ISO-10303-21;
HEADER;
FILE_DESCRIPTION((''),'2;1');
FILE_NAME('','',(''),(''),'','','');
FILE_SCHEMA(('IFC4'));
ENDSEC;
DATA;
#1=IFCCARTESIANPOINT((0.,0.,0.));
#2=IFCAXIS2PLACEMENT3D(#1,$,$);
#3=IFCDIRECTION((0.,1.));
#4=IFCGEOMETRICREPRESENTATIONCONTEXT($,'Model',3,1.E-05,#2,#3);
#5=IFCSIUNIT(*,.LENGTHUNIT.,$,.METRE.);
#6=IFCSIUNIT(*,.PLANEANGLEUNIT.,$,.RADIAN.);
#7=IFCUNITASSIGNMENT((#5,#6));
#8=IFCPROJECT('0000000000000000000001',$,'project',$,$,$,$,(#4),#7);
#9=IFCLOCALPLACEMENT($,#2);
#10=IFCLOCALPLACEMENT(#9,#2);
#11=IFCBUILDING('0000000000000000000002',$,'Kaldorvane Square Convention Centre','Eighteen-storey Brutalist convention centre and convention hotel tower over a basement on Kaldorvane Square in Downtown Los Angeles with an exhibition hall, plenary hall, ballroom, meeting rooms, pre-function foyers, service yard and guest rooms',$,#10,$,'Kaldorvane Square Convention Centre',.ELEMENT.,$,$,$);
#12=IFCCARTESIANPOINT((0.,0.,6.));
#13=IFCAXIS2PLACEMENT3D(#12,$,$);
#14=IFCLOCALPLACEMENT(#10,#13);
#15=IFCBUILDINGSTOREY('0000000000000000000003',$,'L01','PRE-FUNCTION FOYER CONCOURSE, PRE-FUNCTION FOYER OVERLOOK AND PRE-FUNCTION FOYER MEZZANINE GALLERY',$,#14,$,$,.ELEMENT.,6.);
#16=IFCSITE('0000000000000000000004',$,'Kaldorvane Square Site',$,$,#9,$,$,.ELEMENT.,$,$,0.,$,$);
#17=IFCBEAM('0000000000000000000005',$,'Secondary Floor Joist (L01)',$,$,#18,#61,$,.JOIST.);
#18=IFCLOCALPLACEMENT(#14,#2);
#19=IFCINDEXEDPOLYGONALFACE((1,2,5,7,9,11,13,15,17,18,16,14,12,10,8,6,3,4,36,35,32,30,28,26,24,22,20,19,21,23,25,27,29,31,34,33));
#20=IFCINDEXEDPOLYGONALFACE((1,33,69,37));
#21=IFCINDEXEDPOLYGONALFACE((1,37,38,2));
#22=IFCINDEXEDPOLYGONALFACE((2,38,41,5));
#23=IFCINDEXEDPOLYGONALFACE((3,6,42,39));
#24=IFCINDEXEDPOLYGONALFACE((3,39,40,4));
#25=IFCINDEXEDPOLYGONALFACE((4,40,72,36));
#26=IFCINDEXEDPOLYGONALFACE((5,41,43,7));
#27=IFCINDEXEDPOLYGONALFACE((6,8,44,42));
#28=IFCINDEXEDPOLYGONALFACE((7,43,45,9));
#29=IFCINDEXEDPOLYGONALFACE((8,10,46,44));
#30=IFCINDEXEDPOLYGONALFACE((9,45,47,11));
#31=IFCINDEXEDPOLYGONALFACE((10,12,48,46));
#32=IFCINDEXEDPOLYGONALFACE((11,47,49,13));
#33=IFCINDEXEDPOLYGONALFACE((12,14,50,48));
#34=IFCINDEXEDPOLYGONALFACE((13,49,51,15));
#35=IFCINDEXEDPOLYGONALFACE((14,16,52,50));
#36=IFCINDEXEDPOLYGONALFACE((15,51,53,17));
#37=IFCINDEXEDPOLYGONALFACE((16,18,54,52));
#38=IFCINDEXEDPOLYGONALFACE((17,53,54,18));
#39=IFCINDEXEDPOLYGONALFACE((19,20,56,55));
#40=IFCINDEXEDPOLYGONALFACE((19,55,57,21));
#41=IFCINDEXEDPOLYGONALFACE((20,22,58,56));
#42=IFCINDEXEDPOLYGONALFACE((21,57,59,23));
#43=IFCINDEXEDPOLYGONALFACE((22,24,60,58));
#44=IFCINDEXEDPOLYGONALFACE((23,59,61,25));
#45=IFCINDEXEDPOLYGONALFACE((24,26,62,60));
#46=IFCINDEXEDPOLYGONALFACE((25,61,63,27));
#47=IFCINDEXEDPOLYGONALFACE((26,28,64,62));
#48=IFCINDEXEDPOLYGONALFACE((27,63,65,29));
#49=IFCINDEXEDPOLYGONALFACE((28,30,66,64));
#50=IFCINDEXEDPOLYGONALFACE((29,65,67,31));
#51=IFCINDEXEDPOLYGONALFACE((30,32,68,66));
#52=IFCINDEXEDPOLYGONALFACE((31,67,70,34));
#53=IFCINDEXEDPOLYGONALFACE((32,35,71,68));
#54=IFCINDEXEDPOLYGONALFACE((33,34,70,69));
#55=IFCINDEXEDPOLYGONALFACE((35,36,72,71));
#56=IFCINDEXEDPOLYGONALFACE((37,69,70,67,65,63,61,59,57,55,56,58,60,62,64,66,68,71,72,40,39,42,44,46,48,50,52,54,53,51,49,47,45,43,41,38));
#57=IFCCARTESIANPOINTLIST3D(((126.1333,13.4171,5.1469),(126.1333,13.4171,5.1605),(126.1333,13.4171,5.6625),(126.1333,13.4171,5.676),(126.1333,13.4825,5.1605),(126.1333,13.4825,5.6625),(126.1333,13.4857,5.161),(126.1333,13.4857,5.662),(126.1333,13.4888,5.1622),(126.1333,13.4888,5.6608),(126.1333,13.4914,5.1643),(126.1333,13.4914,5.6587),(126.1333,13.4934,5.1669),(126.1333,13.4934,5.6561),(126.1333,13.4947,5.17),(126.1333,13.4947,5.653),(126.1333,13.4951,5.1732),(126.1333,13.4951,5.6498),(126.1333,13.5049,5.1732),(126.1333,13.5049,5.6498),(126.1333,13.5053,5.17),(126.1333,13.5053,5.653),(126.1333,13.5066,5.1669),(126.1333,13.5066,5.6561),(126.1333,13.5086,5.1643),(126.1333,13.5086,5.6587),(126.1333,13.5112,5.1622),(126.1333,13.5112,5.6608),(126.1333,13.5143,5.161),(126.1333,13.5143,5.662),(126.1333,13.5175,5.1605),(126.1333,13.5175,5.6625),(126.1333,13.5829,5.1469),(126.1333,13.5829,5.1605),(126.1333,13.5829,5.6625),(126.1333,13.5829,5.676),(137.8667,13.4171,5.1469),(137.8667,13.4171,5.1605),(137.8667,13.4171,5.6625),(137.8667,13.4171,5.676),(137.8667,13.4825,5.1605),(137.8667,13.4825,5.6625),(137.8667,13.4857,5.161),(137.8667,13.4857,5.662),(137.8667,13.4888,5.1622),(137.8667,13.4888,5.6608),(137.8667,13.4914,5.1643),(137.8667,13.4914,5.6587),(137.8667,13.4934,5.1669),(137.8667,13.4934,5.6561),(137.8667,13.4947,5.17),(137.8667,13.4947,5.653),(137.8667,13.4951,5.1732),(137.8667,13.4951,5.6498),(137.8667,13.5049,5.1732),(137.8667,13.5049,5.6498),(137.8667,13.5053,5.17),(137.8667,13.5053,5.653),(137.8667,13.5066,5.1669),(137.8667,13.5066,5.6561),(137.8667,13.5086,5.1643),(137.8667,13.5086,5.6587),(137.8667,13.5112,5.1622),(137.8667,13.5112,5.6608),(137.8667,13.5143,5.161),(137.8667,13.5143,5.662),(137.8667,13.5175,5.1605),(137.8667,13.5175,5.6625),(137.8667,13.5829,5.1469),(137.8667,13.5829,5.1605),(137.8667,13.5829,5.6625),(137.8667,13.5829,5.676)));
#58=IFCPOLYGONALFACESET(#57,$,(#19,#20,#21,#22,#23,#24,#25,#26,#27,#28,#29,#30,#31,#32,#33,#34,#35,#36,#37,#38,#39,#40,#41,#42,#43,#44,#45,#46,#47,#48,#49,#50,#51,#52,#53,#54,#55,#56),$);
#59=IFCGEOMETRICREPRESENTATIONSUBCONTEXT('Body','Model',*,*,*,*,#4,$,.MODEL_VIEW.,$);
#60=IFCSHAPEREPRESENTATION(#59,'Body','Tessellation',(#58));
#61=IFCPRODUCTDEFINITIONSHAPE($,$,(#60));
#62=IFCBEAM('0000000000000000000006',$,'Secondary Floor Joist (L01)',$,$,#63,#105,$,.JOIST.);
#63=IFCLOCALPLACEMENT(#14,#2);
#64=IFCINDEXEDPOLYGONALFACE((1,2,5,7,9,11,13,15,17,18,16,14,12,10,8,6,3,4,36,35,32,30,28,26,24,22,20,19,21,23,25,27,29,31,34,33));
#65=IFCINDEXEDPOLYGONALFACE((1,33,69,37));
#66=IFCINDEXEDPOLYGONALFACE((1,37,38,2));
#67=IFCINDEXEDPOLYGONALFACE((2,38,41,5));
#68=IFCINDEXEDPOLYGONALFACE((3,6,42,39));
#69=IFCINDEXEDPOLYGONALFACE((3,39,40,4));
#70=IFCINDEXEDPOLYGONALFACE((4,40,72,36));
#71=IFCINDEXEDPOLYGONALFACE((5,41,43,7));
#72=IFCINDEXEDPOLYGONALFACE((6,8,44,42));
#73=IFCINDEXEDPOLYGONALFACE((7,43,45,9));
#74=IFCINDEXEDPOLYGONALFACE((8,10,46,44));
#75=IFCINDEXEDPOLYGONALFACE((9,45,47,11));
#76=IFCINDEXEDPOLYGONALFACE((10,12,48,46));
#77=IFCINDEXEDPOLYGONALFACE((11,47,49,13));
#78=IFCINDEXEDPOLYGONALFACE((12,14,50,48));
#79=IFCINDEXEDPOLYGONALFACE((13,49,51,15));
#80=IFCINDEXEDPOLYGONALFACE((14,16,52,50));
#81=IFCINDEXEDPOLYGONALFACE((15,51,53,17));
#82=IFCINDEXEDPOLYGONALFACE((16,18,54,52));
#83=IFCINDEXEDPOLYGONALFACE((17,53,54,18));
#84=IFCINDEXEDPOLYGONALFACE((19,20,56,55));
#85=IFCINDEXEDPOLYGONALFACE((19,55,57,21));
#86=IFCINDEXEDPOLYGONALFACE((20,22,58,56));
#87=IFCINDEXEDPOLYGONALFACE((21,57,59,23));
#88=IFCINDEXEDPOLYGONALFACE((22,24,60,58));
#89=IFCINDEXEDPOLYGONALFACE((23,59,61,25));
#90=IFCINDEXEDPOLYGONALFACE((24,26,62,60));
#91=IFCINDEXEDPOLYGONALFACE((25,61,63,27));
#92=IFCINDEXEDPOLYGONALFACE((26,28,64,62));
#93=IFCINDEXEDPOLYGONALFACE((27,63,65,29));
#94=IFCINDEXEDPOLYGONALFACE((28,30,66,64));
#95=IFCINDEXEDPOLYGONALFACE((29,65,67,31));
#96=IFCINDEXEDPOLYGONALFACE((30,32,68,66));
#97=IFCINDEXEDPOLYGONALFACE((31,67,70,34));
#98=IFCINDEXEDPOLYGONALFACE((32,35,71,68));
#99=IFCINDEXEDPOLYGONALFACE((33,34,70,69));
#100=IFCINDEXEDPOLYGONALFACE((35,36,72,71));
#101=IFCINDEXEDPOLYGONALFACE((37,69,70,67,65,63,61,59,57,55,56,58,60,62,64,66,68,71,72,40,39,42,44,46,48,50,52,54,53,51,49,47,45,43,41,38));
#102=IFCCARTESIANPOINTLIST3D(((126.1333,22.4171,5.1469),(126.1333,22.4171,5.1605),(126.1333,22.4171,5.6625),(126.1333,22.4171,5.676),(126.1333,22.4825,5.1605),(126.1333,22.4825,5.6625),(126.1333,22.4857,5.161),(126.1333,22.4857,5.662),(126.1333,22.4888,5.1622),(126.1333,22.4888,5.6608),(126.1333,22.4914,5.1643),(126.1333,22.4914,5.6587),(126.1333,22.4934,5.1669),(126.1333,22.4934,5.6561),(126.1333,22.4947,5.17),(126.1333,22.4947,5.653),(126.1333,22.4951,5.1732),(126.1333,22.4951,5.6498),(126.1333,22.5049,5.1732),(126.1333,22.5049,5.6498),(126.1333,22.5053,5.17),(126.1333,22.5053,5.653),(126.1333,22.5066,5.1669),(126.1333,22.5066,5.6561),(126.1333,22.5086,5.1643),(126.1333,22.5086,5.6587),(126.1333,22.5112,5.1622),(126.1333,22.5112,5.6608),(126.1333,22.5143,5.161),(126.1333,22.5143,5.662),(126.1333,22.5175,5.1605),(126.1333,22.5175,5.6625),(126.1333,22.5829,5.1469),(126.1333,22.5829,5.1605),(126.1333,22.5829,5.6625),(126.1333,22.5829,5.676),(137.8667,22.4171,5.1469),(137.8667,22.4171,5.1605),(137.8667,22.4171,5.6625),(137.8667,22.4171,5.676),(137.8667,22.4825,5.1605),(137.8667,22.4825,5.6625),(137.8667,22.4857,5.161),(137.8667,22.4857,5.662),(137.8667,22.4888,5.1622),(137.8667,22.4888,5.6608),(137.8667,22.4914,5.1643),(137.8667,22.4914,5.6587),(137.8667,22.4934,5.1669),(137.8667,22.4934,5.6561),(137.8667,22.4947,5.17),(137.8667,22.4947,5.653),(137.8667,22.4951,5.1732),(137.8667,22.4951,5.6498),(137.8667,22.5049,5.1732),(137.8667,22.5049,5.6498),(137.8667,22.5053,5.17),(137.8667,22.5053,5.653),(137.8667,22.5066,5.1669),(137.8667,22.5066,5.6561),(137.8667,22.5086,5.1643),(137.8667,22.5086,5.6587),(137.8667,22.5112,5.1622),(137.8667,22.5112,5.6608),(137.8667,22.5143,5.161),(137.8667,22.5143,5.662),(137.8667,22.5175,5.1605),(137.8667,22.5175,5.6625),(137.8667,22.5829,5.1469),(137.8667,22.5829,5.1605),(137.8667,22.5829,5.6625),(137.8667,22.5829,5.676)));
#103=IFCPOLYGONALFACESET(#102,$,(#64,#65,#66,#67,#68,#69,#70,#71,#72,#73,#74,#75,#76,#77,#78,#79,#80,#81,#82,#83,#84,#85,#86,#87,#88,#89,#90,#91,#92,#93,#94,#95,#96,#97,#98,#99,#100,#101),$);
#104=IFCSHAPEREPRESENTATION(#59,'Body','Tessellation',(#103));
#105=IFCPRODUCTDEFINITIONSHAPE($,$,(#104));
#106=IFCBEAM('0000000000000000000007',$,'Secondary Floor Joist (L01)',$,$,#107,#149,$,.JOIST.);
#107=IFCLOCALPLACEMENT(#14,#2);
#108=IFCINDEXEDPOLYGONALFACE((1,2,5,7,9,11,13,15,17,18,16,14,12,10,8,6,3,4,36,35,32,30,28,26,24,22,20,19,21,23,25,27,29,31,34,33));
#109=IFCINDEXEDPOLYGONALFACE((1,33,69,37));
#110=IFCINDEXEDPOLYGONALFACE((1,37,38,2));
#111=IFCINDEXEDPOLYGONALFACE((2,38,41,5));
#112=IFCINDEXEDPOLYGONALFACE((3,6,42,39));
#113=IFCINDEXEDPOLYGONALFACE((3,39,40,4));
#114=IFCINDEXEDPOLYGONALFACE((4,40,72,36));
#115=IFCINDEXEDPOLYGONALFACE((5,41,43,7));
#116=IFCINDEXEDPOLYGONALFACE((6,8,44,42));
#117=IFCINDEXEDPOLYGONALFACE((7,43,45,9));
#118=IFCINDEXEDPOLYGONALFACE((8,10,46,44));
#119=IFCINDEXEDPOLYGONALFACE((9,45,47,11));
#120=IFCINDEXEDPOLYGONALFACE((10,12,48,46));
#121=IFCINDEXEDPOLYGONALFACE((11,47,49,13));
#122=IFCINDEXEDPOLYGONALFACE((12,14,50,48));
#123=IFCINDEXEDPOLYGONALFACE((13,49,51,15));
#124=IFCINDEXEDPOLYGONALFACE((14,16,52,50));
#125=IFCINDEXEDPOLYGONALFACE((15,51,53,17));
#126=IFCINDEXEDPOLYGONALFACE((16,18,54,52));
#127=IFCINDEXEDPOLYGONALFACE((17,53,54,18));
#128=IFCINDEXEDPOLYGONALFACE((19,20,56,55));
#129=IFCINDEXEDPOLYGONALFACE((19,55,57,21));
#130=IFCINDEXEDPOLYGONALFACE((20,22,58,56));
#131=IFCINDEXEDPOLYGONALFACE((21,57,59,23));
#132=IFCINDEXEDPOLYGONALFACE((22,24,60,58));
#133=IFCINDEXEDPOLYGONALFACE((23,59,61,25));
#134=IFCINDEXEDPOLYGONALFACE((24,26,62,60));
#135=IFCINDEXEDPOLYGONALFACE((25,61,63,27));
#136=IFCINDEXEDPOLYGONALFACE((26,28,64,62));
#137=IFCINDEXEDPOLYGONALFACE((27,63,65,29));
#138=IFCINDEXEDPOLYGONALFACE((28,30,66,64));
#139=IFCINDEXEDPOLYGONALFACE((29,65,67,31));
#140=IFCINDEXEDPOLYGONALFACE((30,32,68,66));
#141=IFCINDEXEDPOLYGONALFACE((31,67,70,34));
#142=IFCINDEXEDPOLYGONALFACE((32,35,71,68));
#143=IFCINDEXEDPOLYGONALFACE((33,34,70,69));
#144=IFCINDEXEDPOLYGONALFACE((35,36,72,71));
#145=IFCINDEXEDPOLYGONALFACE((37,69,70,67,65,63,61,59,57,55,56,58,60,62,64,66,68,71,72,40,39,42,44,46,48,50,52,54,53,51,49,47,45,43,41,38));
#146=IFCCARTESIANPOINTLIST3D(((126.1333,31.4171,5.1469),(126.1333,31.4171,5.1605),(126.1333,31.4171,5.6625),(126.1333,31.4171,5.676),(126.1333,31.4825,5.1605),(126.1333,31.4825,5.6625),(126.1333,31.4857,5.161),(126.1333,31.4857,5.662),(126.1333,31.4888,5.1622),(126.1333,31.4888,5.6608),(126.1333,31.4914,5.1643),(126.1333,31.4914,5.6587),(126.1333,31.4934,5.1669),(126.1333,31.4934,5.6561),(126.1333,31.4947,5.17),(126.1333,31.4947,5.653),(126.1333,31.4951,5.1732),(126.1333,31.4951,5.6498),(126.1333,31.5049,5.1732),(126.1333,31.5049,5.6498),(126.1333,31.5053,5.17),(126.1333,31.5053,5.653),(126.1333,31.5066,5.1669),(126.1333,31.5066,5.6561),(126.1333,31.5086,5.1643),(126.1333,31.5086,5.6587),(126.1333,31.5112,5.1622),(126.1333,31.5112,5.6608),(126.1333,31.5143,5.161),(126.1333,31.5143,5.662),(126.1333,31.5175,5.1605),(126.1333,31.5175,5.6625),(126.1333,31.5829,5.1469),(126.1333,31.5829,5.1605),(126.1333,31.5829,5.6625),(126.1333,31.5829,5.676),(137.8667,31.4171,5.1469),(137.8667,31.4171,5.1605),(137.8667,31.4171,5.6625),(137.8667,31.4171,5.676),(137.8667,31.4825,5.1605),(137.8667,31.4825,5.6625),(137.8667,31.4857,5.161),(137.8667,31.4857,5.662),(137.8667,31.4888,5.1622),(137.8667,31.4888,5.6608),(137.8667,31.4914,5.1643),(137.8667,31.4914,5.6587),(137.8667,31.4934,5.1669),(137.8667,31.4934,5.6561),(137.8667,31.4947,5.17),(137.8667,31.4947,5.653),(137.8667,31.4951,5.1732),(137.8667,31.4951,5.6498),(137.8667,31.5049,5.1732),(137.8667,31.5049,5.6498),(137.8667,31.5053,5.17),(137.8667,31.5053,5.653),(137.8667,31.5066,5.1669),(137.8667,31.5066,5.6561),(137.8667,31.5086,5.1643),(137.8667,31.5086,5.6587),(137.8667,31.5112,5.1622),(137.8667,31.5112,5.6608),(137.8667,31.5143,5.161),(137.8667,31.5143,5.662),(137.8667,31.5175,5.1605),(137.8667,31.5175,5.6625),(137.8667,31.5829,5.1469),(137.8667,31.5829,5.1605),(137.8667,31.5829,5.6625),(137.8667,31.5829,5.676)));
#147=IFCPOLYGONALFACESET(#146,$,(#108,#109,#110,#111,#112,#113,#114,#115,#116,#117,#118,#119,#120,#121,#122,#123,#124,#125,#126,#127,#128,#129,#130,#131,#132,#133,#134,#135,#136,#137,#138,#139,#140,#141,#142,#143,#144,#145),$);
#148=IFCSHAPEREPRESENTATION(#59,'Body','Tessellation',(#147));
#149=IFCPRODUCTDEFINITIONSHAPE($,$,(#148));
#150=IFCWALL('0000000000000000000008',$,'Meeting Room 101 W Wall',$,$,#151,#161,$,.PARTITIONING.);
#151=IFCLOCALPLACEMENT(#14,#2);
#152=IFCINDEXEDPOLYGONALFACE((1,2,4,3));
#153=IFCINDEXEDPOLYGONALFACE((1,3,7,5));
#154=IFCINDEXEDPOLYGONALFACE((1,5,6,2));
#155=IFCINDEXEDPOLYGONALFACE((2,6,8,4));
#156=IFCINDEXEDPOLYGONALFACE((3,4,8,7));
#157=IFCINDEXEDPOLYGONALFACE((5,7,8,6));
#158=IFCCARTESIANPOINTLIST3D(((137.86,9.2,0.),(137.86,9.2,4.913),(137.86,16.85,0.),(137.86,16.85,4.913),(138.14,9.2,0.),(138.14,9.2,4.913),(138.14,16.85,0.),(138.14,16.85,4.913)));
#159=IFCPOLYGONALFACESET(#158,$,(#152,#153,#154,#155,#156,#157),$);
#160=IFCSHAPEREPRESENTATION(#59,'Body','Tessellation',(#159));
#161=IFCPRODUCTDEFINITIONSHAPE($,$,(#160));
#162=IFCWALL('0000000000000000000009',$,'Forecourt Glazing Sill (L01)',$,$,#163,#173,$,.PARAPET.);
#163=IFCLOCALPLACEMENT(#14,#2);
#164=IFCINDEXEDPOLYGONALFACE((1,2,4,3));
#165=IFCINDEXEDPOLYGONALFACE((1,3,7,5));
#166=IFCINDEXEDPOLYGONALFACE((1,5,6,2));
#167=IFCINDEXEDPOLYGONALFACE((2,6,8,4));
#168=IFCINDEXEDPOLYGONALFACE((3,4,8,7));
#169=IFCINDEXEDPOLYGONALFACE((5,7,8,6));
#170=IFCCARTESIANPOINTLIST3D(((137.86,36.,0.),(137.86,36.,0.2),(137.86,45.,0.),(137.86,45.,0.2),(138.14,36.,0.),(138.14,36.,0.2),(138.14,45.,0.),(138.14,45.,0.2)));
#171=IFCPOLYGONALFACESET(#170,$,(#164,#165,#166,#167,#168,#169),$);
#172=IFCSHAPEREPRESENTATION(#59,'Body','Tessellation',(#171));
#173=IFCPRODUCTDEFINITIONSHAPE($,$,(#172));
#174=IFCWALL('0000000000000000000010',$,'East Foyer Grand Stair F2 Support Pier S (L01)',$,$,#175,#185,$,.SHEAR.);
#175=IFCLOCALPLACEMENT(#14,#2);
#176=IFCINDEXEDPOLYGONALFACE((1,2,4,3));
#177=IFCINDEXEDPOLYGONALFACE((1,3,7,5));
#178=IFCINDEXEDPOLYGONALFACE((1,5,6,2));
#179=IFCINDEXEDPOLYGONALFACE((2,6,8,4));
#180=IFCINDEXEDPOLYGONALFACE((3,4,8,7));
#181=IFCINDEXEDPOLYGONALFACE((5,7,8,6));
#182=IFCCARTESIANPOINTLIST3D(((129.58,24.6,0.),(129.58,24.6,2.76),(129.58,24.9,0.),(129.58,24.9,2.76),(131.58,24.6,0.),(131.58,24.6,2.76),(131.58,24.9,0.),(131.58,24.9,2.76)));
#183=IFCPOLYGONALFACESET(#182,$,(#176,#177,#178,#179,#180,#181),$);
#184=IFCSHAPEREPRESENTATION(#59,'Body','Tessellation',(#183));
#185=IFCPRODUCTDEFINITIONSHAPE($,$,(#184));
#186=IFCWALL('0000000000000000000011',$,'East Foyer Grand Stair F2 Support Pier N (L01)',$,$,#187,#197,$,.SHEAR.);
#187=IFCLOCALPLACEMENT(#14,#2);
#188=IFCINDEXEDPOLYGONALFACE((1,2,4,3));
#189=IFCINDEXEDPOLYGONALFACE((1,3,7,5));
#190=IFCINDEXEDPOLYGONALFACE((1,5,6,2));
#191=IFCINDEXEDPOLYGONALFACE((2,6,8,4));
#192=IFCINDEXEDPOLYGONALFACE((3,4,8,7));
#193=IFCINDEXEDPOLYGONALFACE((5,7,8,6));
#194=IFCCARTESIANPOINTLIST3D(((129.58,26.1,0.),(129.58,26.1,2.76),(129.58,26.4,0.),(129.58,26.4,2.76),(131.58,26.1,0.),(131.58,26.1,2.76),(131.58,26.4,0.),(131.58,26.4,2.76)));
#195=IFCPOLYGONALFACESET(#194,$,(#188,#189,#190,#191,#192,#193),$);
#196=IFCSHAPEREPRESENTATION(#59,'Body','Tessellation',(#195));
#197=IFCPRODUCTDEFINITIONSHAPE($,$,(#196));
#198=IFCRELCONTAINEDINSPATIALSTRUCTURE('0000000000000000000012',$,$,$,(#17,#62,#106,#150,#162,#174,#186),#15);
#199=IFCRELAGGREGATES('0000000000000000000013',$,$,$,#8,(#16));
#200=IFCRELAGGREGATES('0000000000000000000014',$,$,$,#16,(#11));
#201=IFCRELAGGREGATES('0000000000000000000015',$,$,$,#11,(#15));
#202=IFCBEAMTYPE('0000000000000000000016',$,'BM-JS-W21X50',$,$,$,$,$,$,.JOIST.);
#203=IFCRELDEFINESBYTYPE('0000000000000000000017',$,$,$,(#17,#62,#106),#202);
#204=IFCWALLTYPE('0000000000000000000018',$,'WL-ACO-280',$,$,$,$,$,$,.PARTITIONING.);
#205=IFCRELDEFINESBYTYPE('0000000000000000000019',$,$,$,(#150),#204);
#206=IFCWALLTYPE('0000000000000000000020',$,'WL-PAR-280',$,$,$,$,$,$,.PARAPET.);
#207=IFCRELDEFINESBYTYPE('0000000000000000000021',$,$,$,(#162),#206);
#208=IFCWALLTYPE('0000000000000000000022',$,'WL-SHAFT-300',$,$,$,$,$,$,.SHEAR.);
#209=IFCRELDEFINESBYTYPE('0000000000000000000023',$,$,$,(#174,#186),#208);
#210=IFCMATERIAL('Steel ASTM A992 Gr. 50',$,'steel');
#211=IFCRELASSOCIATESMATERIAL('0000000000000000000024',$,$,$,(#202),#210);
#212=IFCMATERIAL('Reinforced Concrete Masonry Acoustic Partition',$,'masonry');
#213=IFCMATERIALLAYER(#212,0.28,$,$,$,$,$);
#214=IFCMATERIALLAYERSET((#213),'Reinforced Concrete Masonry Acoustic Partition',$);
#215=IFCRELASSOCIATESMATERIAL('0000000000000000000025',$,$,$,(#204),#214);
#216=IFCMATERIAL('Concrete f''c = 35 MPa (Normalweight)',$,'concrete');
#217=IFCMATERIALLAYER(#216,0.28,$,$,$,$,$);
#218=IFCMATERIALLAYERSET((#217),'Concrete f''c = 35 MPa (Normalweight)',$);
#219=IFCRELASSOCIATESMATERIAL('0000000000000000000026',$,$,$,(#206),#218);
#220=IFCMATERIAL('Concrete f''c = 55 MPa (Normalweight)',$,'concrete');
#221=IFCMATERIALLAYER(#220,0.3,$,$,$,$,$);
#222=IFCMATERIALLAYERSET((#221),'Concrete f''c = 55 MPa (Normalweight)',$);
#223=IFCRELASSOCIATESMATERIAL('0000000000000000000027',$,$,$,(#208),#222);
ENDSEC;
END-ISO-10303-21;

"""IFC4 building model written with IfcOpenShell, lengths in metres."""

from ifc_helpers import new_model, si_unit, direction, frame, frame_2d, origin, origin_2d, place, context, subcontext, project, spatial, rectangle, i_section, extrude, material, layer, layer_set, material_profile, profile_set, type_object, element, save


model = new_model("IFC4")

# Units and contexts
model_context = context("Model", 3, precision=1e-05, world=origin(), true_north=direction((0.0, 1.0)))
body_context = subcontext(model_context, "Body", "Model", "MODEL_VIEW")
ifc_project = project(units=[si_unit("LENGTHUNIT", "METRE"), si_unit("PLANEANGLEUNIT", "RADIAN")], contexts=[model_context])

# Site, building, storey
site_placement = place(None, origin())
site = spatial("IfcSite", under=ifc_project, at=site_placement, Name="Kaldorvane Square Site", CompositionType="ELEMENT", RefElevation=0.0)
building_placement = place(site_placement, origin())
building = spatial("IfcBuilding", under=site, at=building_placement, Name="Kaldorvane Square Convention Centre", Description="Eighteen-storey Brutalist convention centre and convention hotel tower over a basement on Kaldorvane Square in Downtown Los Angeles with an exhibition hall, plenary hall, ballroom, meeting rooms, pre-function foyers, service yard and guest rooms", LongName="Kaldorvane Square Convention Centre", CompositionType="ELEMENT")
storey_placement = place(building_placement, frame((0.0, 0.0, 6.0)))
storey = spatial("IfcBuildingStorey", under=building, at=storey_placement, Name="L01", Description="PRE-FUNCTION FOYER CONCOURSE, PRE-FUNCTION FOYER OVERLOOK AND PRE-FUNCTION FOYER MEZZANINE GALLERY", CompositionType="ELEMENT", Elevation=6.0)

# Shared definitions
ifc_material_1 = material(Name="Steel ASTM A992 Gr. 50", Category="steel")

# Beams
ifc_material_profile_1 = material_profile(ifc_material_1, i_section(OverallWidth=0.1659, OverallDepth=0.5291, WebThickness=0.0097, FlangeThickness=0.0136, FilletRadius=0.0127, at=origin_2d()), Name="W21X50")
ifc_profile_set_1 = profile_set([ifc_material_profile_1], Name="Steel ASTM A992 Gr. 50")
beam_type_1 = type_object("IfcBeamType", Name="BM-JS-W21X50", PredefinedType="JOIST", material=ifc_profile_set_1)
for number, where, z_axis, x_axis, name in (
    (1, (126.1333, 13.5, 5.4115), (1.0, 0.0, 0.0), (0.0, 1.0, 0.0), "Secondary Floor Joist (L01)"),
    (2, (126.1333, 22.5, 5.4115), (1.0, 0.0, 0.0), (0.0, 1.0, 0.0), "Secondary Floor Joist (L01)"),
    (3, (126.1333, 31.5, 5.4115), (1.0, 0.0, 0.0), (0.0, 1.0, 0.0), "Secondary Floor Joist (L01)"),
):
    element("IfcBeam", number, at=place(storey_placement, frame(where, z_axis=z_axis, x_axis=x_axis)), inside=storey, type_object=beam_type_1, Name=name, PredefinedType="JOIST", context=body_context, shape_type="SweptSolid", body=[
        extrude(i_section(OverallWidth=0.1659, OverallDepth=0.5291, WebThickness=0.0097, FlangeThickness=0.0136, FilletRadius=0.0127, at=origin_2d()), origin(), (0.0, 0.0, 1.0), 11.7334),
    ])

# Walls
ifc_material_2 = material(Name="Reinforced Concrete Masonry Acoustic Partition", Category="masonry")
ifc_layer_1 = layer(ifc_material_2, 0.28)
ifc_layer_set_1 = layer_set([ifc_layer_1], Name="Reinforced Concrete Masonry Acoustic Partition")
wall_type_1 = type_object("IfcWallType", Name="WL-ACO-280", PredefinedType="PARTITIONING", material=ifc_layer_set_1)
wall_1_placement = place(storey_placement, frame((138.0, 16.85, 0.0), z_axis=(0.0, 0.0, 1.0), x_axis=(0.0, -1.0, 0.0)))
element("IfcWall", 4, at=wall_1_placement, inside=storey, type_object=wall_type_1, Name="Meeting Room 101 W Wall", PredefinedType="PARTITIONING", context=body_context, shape_type="SweptSolid", body=[
    extrude(rectangle(XDim=7.65, YDim=0.28, at=frame_2d((3.825, 0.0))), origin(), (0.0, 0.0, 1.0), 4.913),
])
ifc_material_3 = material(Name="Concrete f'c = 35 MPa (Normalweight)", Category="concrete")
ifc_layer_2 = layer(ifc_material_3, 0.28)
ifc_layer_set_2 = layer_set([ifc_layer_2], Name="Concrete f'c = 35 MPa (Normalweight)")
wall_type_2 = type_object("IfcWallType", Name="WL-PAR-280", PredefinedType="PARAPET", material=ifc_layer_set_2)
wall_2_placement = place(storey_placement, frame((138.0, 36.0, 0.0), z_axis=(0.0, 0.0, 1.0), x_axis=(0.0, 1.0, 0.0)))
element("IfcWall", 5, at=wall_2_placement, inside=storey, type_object=wall_type_2, Name="Forecourt Glazing Sill (L01)", PredefinedType="PARAPET", context=body_context, shape_type="SweptSolid", body=[
    extrude(rectangle(XDim=9.0, YDim=0.28, at=frame_2d((4.5, 0.0))), origin(), (0.0, 0.0, 1.0), 0.2),
])
ifc_material_4 = material(Name="Concrete f'c = 55 MPa (Normalweight)", Category="concrete")
ifc_layer_3 = layer(ifc_material_4, 0.3)
ifc_layer_set_3 = layer_set([ifc_layer_3], Name="Concrete f'c = 55 MPa (Normalweight)")
wall_type_3 = type_object("IfcWallType", Name="WL-SHAFT-300", PredefinedType="SHEAR", material=ifc_layer_set_3)
for number, where, z_axis, x_axis, name in (
    (6, (129.58, 24.75, 0.0), (0.0, 0.0, 1.0), (1.0, 0.0, 0.0), "East Foyer Grand Stair F2 Support Pier S (L01)"),
    (7, (129.58, 26.25, 0.0), (0.0, 0.0, 1.0), (1.0, 0.0, 0.0), "East Foyer Grand Stair F2 Support Pier N (L01)"),
):
    element("IfcWall", number, at=place(storey_placement, frame(where, z_axis=z_axis, x_axis=x_axis)), inside=storey, type_object=wall_type_3, Name=name, PredefinedType="SHEAR", context=body_context, shape_type="SweptSolid", body=[
        extrude(rectangle(XDim=2.0, YDim=0.3, at=frame_2d((1.0, 0.0))), origin(), (0.0, 0.0, 1.0), 2.76),
    ])

save(model, "model.ifc")
